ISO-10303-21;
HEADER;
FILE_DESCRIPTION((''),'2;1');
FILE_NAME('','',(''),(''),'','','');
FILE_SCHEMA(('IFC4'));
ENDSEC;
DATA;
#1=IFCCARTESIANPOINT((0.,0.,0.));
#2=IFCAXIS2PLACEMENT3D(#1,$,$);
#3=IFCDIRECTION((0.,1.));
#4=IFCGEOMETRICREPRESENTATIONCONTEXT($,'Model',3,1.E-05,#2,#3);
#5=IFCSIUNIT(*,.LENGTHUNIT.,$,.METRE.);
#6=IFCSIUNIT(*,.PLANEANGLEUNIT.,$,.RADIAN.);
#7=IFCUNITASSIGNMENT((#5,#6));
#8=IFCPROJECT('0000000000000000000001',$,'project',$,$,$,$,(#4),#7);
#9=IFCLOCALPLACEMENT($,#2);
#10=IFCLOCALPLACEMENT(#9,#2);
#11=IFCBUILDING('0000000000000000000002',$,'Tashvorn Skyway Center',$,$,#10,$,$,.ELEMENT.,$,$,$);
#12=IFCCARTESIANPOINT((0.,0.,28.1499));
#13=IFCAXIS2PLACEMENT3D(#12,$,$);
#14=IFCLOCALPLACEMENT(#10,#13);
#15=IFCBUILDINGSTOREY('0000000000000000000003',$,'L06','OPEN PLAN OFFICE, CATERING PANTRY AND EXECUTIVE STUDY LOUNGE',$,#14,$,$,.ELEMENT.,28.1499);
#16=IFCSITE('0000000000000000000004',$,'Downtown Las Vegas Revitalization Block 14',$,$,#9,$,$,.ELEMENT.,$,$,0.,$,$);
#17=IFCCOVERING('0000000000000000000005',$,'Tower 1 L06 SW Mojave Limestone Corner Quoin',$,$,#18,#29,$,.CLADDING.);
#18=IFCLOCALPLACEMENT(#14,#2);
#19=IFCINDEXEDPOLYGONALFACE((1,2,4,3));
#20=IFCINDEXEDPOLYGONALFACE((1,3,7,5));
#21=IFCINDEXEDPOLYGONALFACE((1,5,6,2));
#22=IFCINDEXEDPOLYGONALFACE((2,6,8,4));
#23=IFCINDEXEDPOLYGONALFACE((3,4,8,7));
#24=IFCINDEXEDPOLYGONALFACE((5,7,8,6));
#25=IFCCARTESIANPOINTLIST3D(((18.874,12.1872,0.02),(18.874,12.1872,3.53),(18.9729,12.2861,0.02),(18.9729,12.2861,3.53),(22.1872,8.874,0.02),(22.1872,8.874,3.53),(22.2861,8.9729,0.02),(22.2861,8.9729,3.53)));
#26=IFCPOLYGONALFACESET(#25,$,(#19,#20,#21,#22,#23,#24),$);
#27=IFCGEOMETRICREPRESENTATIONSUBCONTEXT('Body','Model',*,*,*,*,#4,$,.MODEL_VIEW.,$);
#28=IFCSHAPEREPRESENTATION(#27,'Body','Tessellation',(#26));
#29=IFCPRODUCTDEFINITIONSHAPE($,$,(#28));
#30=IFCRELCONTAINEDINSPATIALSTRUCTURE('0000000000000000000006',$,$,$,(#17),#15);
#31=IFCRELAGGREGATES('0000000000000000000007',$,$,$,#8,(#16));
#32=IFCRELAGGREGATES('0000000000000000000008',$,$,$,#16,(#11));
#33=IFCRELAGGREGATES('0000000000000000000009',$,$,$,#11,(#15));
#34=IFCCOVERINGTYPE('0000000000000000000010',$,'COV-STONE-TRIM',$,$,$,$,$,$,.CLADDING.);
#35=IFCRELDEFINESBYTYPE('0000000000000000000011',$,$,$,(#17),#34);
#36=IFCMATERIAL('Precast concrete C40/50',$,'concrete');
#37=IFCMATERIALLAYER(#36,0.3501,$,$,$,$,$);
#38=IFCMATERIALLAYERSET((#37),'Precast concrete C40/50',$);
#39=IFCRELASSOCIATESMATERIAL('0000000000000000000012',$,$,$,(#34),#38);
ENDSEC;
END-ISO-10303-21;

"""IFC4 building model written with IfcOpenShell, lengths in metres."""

from ifc_helpers import new_model, si_unit, direction, frame, origin, origin_2d, place, context, subcontext, project, spatial, rectangle, extrude, material, layer, layer_set, type_object, element, save


model = new_model("IFC4")

# Units and contexts
model_context = context("Model", 3, precision=1e-05, world=origin(), true_north=direction((0.0, 1.0)))
body_context = subcontext(model_context, "Body", "Model", "MODEL_VIEW")
ifc_project = project(units=[si_unit("LENGTHUNIT", "METRE"), si_unit("PLANEANGLEUNIT", "RADIAN")], contexts=[model_context])

# Site, building, storey
site_placement = place(None, origin())
site = spatial("IfcSite", under=ifc_project, at=site_placement, Name="Downtown Las Vegas Revitalization Block 14", CompositionType="ELEMENT", RefElevation=0.0)
building_placement = place(site_placement, origin())
building = spatial("IfcBuilding", under=site, at=building_placement, Name="Tashvorn Skyway Center", CompositionType="ELEMENT")
storey_placement = place(building_placement, frame((0.0, 0.0, 28.1499)))
storey = spatial("IfcBuildingStorey", under=building, at=storey_placement, Name="L06", Description="OPEN PLAN OFFICE, CATERING PANTRY AND EXECUTIVE STUDY LOUNGE", CompositionType="ELEMENT", Elevation=28.1499)

# Shared definitions
ifc_material_1 = material(Name="Precast concrete C40/50", Category="concrete")

# Covering
ifc_layer_1 = layer(ifc_material_1, 0.3501)
ifc_layer_set_1 = layer_set([ifc_layer_1], Name="Precast concrete C40/50")
covering_type = type_object("IfcCoveringType", Name="COV-STONE-TRIM", PredefinedType="CLADDING", material=ifc_layer_set_1)
covering_placement = place(storey_placement, frame((20.5801, 10.5801, 0.02), z_axis=(0.0, 0.0, 1.0), x_axis=(-0.707107, 0.707107, 0.0)))
element("IfcCovering", 1, at=covering_placement, inside=storey, type_object=covering_type, Name="Tower 1 L06 SW Mojave Limestone Corner Quoin", PredefinedType="CLADDING", context=body_context, shape_type="SweptSolid", body=[
    extrude(rectangle(XDim=4.6855, YDim=0.1399, at=origin_2d()), origin(), (0.0, 0.0, 1.0), 3.51),
])

save(model, "model.ifc")
